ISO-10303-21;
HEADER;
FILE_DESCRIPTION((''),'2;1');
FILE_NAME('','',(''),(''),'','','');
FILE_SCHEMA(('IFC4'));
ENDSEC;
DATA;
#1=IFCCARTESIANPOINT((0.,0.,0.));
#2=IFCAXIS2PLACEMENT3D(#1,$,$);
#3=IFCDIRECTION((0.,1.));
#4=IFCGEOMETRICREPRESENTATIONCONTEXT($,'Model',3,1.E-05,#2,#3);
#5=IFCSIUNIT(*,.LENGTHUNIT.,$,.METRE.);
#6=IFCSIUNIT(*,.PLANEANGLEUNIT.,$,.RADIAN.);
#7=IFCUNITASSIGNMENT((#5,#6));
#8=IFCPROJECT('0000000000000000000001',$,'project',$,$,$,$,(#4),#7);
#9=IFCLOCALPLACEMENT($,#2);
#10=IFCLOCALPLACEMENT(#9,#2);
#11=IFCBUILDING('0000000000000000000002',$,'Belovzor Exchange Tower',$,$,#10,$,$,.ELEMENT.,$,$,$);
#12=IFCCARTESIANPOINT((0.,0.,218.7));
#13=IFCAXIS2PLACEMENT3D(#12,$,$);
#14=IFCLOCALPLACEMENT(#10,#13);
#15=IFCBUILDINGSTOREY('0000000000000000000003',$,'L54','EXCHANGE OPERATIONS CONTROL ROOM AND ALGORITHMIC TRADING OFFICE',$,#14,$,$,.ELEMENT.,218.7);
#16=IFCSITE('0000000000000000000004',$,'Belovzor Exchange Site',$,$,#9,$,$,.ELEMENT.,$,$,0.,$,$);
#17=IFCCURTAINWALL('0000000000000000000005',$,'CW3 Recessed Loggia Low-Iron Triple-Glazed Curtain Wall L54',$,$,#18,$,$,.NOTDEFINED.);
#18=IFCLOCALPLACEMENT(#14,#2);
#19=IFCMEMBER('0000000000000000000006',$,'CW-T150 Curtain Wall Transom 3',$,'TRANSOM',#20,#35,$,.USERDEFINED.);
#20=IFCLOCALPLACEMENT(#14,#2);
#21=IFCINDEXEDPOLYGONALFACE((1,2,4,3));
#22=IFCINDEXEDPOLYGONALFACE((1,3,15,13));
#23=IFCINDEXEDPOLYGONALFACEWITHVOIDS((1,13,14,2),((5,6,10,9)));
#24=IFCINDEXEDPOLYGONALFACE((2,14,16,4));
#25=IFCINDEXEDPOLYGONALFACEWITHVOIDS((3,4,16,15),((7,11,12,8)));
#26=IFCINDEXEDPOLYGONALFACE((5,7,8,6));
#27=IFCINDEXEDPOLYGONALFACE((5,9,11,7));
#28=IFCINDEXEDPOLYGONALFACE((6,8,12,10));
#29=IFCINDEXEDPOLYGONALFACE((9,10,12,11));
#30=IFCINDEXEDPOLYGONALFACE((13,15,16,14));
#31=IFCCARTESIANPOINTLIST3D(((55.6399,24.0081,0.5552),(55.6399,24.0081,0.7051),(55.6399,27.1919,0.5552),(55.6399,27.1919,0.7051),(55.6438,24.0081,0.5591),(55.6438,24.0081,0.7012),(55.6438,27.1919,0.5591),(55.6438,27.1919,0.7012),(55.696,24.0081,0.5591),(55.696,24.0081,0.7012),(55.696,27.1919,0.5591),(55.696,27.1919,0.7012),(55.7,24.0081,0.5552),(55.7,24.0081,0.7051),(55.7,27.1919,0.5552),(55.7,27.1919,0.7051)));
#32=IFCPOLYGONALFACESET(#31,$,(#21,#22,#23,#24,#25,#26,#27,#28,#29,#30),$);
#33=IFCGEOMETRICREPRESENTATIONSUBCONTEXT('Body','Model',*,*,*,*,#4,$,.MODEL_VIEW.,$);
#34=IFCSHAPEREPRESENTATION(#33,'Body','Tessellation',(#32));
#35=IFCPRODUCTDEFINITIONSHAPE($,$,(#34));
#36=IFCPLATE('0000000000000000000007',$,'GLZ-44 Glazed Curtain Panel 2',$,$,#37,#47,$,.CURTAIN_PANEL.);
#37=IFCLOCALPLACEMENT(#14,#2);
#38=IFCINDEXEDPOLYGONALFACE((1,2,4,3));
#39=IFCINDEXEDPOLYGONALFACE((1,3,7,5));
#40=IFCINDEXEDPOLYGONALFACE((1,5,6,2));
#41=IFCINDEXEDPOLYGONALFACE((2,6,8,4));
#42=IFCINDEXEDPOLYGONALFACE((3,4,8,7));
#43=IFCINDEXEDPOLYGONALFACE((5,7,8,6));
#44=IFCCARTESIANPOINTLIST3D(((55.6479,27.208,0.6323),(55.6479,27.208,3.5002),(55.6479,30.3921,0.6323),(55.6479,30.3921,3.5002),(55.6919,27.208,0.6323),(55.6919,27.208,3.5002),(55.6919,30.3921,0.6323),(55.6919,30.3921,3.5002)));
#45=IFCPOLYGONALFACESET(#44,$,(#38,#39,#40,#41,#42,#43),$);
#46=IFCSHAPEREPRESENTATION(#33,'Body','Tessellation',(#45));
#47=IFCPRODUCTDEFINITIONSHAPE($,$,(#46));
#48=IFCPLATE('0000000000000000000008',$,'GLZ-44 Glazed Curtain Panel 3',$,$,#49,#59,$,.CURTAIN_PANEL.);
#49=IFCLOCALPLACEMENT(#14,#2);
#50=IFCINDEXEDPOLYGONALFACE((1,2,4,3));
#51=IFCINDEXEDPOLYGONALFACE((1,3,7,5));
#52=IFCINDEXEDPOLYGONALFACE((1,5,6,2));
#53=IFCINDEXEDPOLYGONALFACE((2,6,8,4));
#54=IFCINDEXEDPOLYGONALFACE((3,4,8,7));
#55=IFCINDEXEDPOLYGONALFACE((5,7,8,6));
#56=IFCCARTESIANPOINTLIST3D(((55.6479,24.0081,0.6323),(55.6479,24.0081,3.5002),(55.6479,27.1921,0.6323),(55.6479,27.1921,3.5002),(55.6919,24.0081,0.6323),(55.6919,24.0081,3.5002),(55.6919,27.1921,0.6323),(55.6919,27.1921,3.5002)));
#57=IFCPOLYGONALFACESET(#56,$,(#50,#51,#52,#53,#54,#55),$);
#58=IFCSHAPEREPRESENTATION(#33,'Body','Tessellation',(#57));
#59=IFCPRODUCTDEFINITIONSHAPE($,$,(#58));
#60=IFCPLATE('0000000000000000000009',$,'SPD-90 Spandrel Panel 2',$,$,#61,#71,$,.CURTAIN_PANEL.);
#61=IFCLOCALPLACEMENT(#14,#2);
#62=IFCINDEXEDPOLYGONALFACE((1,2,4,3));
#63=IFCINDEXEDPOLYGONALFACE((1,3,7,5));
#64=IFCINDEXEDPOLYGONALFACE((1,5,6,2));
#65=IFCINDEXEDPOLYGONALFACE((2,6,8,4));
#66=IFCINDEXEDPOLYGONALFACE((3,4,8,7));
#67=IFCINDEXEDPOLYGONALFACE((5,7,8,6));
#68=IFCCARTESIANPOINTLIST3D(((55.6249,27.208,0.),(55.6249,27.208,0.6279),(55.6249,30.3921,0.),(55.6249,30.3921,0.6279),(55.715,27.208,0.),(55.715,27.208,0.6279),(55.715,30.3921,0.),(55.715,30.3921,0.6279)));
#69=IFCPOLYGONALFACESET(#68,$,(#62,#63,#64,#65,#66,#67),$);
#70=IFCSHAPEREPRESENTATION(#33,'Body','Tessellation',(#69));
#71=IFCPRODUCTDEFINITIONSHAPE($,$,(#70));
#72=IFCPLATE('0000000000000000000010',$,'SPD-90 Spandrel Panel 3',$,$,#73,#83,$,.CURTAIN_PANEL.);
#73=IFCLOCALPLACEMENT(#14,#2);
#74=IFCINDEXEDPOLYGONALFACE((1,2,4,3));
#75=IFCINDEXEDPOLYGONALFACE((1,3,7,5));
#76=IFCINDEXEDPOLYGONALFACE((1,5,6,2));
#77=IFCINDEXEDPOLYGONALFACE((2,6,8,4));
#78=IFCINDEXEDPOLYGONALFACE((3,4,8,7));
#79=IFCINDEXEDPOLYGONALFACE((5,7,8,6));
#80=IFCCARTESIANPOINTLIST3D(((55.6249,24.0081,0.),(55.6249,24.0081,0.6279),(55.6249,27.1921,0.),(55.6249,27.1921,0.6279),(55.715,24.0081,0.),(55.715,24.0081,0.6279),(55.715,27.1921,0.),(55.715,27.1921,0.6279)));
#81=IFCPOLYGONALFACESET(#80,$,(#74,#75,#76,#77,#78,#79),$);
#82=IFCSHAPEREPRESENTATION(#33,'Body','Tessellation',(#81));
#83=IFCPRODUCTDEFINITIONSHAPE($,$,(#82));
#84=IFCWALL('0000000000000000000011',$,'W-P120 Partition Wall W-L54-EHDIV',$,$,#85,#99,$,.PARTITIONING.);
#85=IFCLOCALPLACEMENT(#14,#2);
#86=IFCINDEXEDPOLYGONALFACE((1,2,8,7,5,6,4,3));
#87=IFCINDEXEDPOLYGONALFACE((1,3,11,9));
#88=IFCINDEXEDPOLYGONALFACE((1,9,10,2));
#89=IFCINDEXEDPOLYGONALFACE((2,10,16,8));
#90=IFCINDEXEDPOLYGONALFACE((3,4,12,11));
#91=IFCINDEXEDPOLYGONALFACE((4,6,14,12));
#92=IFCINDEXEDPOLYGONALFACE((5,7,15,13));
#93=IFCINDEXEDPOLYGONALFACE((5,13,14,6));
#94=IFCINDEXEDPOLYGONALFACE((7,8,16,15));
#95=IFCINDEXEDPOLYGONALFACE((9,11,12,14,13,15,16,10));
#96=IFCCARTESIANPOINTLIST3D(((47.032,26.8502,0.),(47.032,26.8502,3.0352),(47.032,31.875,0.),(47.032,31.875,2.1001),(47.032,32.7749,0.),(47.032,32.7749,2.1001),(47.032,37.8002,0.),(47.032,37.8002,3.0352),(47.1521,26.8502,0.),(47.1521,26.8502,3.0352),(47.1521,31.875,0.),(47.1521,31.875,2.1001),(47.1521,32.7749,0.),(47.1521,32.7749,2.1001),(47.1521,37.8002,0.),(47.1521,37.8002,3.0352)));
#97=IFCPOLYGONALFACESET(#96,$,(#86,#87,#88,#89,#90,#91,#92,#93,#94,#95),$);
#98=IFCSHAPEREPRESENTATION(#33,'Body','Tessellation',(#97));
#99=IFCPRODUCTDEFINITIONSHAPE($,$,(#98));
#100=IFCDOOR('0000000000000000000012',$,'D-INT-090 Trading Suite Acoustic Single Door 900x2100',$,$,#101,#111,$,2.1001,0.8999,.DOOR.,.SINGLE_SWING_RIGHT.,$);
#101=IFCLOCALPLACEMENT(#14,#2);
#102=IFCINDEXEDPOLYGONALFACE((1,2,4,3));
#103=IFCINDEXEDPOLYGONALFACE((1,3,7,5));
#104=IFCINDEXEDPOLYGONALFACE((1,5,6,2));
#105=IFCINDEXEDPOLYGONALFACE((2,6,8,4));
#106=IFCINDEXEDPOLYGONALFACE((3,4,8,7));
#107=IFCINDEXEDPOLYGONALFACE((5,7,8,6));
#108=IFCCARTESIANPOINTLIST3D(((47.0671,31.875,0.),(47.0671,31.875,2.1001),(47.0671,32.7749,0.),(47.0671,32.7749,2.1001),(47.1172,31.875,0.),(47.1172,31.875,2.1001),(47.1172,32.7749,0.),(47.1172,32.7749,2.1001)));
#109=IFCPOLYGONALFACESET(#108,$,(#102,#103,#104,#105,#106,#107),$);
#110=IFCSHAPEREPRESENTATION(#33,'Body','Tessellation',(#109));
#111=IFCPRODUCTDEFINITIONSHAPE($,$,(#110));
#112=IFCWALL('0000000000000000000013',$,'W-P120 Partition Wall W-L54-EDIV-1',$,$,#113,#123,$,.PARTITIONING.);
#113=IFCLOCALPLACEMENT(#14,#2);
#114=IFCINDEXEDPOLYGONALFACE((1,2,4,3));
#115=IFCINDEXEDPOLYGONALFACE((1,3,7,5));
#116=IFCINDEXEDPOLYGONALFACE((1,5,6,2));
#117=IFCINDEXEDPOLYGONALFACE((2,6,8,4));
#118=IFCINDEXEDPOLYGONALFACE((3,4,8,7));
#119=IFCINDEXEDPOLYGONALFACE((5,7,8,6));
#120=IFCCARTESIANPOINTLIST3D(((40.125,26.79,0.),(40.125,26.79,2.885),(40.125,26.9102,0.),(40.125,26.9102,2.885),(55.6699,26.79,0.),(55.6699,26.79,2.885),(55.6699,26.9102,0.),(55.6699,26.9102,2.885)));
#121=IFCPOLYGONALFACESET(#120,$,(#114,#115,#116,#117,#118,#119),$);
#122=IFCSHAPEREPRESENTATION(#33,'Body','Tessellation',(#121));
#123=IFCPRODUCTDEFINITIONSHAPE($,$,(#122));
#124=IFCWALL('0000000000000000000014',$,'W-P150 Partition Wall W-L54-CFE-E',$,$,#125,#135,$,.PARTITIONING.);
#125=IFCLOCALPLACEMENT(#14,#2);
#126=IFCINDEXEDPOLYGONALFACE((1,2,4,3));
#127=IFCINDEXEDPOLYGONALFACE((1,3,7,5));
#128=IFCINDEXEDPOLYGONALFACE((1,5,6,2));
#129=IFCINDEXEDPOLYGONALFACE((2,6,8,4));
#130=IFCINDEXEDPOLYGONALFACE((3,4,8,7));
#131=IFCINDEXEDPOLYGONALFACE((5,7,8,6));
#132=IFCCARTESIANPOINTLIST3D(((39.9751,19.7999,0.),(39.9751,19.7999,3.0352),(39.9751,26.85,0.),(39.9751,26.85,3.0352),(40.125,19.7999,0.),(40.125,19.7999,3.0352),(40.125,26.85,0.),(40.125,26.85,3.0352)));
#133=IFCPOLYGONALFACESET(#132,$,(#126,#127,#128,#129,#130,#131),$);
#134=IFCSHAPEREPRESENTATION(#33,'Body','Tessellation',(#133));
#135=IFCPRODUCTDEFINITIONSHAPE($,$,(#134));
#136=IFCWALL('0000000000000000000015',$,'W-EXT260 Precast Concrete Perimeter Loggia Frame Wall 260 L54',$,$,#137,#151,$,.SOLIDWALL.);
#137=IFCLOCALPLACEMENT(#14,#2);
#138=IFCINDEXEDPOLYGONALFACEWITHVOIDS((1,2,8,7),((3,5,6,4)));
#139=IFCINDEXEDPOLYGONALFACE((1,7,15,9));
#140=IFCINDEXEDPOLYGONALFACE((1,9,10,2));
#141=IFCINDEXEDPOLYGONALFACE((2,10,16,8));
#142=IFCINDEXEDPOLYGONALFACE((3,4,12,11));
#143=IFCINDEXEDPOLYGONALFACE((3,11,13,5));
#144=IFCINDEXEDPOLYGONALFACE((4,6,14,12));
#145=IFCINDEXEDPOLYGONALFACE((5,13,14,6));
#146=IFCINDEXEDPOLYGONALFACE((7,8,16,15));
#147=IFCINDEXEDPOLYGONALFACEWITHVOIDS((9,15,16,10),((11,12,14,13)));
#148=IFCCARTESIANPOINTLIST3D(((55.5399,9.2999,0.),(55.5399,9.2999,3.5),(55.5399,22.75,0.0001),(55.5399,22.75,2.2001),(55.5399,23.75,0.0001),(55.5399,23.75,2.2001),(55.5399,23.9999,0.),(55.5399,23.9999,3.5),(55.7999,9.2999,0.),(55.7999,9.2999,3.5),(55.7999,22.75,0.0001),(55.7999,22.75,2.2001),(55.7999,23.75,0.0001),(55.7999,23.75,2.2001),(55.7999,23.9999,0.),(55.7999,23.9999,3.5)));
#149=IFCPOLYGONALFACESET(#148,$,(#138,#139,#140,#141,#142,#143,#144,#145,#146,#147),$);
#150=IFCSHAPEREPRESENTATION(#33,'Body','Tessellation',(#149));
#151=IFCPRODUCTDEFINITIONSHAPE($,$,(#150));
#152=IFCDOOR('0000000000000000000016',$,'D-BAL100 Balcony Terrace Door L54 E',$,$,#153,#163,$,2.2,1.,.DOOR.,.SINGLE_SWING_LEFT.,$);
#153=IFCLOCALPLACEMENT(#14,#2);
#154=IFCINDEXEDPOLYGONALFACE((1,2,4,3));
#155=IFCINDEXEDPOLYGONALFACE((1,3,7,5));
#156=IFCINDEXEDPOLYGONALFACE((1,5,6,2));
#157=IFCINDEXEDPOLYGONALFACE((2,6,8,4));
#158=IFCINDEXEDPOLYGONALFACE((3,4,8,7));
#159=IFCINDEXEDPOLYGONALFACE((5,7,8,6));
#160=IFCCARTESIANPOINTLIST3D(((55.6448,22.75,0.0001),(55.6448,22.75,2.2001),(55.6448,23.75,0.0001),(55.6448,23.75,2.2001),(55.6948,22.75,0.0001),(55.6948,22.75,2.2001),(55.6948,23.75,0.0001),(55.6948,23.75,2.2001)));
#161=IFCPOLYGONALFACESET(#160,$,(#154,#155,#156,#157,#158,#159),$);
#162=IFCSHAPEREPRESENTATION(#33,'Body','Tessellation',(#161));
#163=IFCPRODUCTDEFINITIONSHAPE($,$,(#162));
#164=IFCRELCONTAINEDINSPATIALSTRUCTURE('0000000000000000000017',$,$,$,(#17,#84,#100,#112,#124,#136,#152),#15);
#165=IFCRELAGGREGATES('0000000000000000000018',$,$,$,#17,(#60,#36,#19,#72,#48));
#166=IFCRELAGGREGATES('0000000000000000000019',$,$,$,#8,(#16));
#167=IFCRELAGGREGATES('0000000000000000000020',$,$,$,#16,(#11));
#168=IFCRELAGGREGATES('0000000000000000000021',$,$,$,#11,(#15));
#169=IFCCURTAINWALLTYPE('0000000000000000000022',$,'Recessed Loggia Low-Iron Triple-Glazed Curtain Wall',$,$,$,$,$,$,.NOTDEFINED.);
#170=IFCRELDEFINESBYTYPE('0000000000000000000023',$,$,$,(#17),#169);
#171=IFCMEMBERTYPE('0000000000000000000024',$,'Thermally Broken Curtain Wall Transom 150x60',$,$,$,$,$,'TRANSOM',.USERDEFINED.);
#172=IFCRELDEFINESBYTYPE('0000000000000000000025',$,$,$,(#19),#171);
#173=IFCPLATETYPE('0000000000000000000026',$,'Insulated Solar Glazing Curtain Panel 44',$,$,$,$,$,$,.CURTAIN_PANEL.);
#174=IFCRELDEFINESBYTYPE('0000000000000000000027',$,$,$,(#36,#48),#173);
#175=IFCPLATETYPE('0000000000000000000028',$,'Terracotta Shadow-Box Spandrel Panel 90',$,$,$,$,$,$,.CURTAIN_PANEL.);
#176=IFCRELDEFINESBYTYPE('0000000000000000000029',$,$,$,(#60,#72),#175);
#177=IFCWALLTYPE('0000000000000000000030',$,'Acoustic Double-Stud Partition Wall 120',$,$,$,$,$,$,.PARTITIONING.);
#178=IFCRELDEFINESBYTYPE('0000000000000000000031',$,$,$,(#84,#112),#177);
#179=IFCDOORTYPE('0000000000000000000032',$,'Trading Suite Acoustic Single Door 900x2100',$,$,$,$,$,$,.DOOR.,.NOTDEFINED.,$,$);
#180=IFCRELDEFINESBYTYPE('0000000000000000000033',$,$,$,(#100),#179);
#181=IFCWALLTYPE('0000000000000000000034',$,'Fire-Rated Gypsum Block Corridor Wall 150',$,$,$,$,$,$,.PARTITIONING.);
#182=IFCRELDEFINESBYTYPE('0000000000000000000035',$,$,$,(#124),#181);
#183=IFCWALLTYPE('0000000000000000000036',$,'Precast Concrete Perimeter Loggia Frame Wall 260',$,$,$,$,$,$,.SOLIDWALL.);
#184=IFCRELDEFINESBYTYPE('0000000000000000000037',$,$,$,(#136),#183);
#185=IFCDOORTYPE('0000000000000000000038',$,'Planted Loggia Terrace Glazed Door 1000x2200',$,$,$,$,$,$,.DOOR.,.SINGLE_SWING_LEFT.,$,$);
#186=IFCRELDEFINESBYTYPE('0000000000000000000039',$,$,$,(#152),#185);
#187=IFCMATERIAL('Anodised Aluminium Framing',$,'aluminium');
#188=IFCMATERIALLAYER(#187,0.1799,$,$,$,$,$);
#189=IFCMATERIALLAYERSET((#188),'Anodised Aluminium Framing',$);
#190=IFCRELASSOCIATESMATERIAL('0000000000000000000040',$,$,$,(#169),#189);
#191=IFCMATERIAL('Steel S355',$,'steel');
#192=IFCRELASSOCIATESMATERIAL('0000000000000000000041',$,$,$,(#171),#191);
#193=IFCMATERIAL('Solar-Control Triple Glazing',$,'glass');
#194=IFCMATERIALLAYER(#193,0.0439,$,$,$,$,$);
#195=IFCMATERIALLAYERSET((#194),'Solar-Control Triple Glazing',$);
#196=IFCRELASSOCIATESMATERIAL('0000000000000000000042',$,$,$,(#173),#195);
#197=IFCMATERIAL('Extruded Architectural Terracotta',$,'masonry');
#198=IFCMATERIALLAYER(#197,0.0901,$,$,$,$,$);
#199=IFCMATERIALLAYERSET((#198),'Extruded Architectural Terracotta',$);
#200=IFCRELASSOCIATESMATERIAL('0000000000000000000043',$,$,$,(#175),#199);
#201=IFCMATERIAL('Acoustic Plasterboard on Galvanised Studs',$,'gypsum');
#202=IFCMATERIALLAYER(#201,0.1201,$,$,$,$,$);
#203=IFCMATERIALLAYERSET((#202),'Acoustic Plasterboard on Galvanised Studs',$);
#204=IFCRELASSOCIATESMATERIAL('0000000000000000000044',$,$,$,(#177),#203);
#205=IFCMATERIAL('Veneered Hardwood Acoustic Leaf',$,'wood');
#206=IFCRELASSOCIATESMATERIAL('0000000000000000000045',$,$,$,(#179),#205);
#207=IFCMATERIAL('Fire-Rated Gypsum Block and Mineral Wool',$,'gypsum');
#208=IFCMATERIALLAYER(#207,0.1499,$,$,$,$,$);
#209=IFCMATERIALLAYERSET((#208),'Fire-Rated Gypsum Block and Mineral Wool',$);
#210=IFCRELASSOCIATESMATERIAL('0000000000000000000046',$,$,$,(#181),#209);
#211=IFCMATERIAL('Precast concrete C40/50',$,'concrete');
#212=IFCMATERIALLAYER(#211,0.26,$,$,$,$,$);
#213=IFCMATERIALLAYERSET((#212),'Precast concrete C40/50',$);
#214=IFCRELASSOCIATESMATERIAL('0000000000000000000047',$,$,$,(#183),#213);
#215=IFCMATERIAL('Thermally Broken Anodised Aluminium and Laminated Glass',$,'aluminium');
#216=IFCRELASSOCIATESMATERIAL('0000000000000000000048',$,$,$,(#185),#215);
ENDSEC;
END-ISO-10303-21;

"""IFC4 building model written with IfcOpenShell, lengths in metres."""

from ifc_helpers import new_model, si_unit, direction, frame, frame_2d, origin, origin_2d, place, context, subcontext, project, spatial, rectangle, hollow_rectangle, extrude, material, layer, layer_set, material_profile, profile_set, type_object, element, fill, aggregate, save


model = new_model("IFC4")

# Units and contexts
model_context = context("Model", 3, precision=1e-05, world=origin(), true_north=direction((0.0, 1.0)))
body_context = subcontext(model_context, "Body", "Model", "MODEL_VIEW")
ifc_project = project(units=[si_unit("LENGTHUNIT", "METRE"), si_unit("PLANEANGLEUNIT", "RADIAN")], contexts=[model_context])

# Site, building, storey
site_placement = place(None, origin())
site = spatial("IfcSite", under=ifc_project, at=site_placement, Name="Belovzor Exchange Site", CompositionType="ELEMENT", RefElevation=0.0)
building_placement = place(site_placement, origin())
building = spatial("IfcBuilding", under=site, at=building_placement, Name="Belovzor Exchange Tower", CompositionType="ELEMENT")
storey_placement = place(building_placement, frame((0.0, 0.0, 218.7)))
storey = spatial("IfcBuildingStorey", under=building, at=storey_placement, Name="L54", Description="EXCHANGE OPERATIONS CONTROL ROOM AND ALGORITHMIC TRADING OFFICE", CompositionType="ELEMENT", Elevation=218.7)

# Curtain wall, member, plates
ifc_material_1 = material(Name="Anodised Aluminium Framing", Category="aluminium")
ifc_layer_1 = layer(ifc_material_1, 0.1799)
ifc_layer_set_1 = layer_set([ifc_layer_1], Name="Anodised Aluminium Framing")
curtain_wall_type = type_object("IfcCurtainWallType", Name="Recessed Loggia Low-Iron Triple-Glazed Curtain Wall", PredefinedType="NOTDEFINED", material=ifc_layer_set_1)
curtain_wall_placement = place(storey_placement, origin())
curtain_wall = element("IfcCurtainWall", 1, at=curtain_wall_placement, inside=storey, type_object=curtain_wall_type, Name="CW3 Recessed Loggia Low-Iron Triple-Glazed Curtain Wall L54", PredefinedType="NOTDEFINED")
ifc_material_2 = material(Name="Steel S355", Category="steel")
ifc_material_profile_1 = material_profile(ifc_material_2, hollow_rectangle(XDim=0.0601, YDim=0.1499, WallThickness=0.0039, at=origin_2d()))
ifc_profile_set_1 = profile_set([ifc_material_profile_1], Name="Steel S355")
member_type_1 = type_object("IfcMemberType", Name="Thermally Broken Curtain Wall Transom 150x60", ElementType="TRANSOM", PredefinedType="USERDEFINED", material=ifc_profile_set_1)
member_1_placement = place(storey_placement, frame((55.6699, 27.1919, 0.6301), z_axis=(0.0, -1.0, 0.0), x_axis=(1.0, 0.0, 0.0)))
member_1 = element("IfcMember", 2, at=member_1_placement, type_object=member_type_1, Name="CW-T150 Curtain Wall Transom 3", ObjectType="TRANSOM", PredefinedType="USERDEFINED", context=body_context, shape_type="SweptSolid", body=[
    extrude(hollow_rectangle(XDim=0.0601, YDim=0.1499, WallThickness=0.0039, at=origin_2d()), origin(), (0.0, 0.0, 1.0), 3.1838),
])
ifc_material_3 = material(Name="Solar-Control Triple Glazing", Category="glass")
ifc_layer_2 = layer(ifc_material_3, 0.0439)
ifc_layer_set_2 = layer_set([ifc_layer_2], Name="Solar-Control Triple Glazing")
plate_type_1 = type_object("IfcPlateType", Name="Insulated Solar Glazing Curtain Panel 44", PredefinedType="CURTAIN_PANEL", material=ifc_layer_set_2)
plate_1_placement = place(storey_placement, frame((55.6699, 28.8, 0.6323), z_axis=(0.0, 0.0, 1.0), x_axis=(0.0, -1.0, 0.0)))
plate_1 = element("IfcPlate", 3, at=plate_1_placement, type_object=plate_type_1, Name="GLZ-44 Glazed Curtain Panel 2", PredefinedType="CURTAIN_PANEL", context=body_context, shape_type="SweptSolid", body=[
    extrude(rectangle(XDim=3.1841, YDim=0.0439, at=origin_2d()), origin(), (0.0, 0.0, 1.0), 2.8679),
])
plate_2_placement = place(storey_placement, frame((55.6699, 25.6001, 0.6323), z_axis=(0.0, 0.0, 1.0), x_axis=(0.0, -1.0, 0.0)))
plate_2 = element("IfcPlate", 4, at=plate_2_placement, type_object=plate_type_1, Name="GLZ-44 Glazed Curtain Panel 3", PredefinedType="CURTAIN_PANEL", context=body_context, shape_type="SweptSolid", body=[
    extrude(rectangle(XDim=3.1841, YDim=0.0439, at=origin_2d()), origin(), (0.0, 0.0, 1.0), 2.8679),
])
ifc_material_4 = material(Name="Extruded Architectural Terracotta", Category="masonry")
ifc_layer_3 = layer(ifc_material_4, 0.0901)
ifc_layer_set_3 = layer_set([ifc_layer_3], Name="Extruded Architectural Terracotta")
plate_type_2 = type_object("IfcPlateType", Name="Terracotta Shadow-Box Spandrel Panel 90", PredefinedType="CURTAIN_PANEL", material=ifc_layer_set_3)
plate_3_placement = place(storey_placement, frame((55.6699, 28.8, 0.0), z_axis=(0.0, 0.0, 1.0), x_axis=(0.0, -1.0, 0.0)))
plate_3 = element("IfcPlate", 5, at=plate_3_placement, type_object=plate_type_2, Name="SPD-90 Spandrel Panel 2", PredefinedType="CURTAIN_PANEL", context=body_context, shape_type="SweptSolid", body=[
    extrude(rectangle(XDim=3.1841, YDim=0.0901, at=origin_2d()), origin(), (0.0, 0.0, 1.0), 0.6279),
])
plate_4_placement = place(storey_placement, frame((55.6699, 25.6001, 0.0), z_axis=(0.0, 0.0, 1.0), x_axis=(0.0, -1.0, 0.0)))
plate_4 = element("IfcPlate", 6, at=plate_4_placement, type_object=plate_type_2, Name="SPD-90 Spandrel Panel 3", PredefinedType="CURTAIN_PANEL", context=body_context, shape_type="SweptSolid", body=[
    extrude(rectangle(XDim=3.1841, YDim=0.0901, at=origin_2d()), origin(), (0.0, 0.0, 1.0), 0.6279),
])
aggregate(curtain_wall, [plate_3, plate_1, member_1, plate_4, plate_2])

# Wall, opening, door
ifc_material_5 = material(Name="Acoustic Plasterboard on Galvanised Studs", Category="gypsum")
ifc_layer_4 = layer(ifc_material_5, 0.1201)
ifc_layer_set_4 = layer_set([ifc_layer_4], Name="Acoustic Plasterboard on Galvanised Studs")
wall_type_1 = type_object("IfcWallType", Name="Acoustic Double-Stud Partition Wall 120", PredefinedType="PARTITIONING", material=ifc_layer_set_4)
wall_1_placement = place(storey_placement, frame((47.092, 26.8501, 0.0), z_axis=(0.0, 0.0, 1.0), x_axis=(0.0, 1.0, 0.0)))
wall_1 = element("IfcWall", 7, at=wall_1_placement, inside=storey, type_object=wall_type_1, Name="W-P120 Partition Wall W-L54-EHDIV", PredefinedType="PARTITIONING", context=body_context, shape_type="SweptSolid", body=[
    extrude(rectangle(XDim=10.95, YDim=0.1201, at=frame_2d((5.4751, 0.0))), origin(), (0.0, 0.0, 1.0), 3.0352),
])
opening_1_placement = place(wall_1_placement, frame((5.0249, 0.0, 0.0)))
opening_1 = element("IfcOpeningElement", 8, at=opening_1_placement, cuts=wall_1, PredefinedType="OPENING", context=body_context, shape_type="SweptSolid", body=[
    extrude(rectangle(XDim=0.8999, YDim=2.1001, at=frame_2d((0.45, 1.05))), frame((0.0, 0.0701, 0.0), z_axis=(0.0, -1.0, 0.0), x_axis=(1.0, 0.0, 0.0)), (0.0, 0.0, 1.0), 0.1401),
])
ifc_material_6 = material(Name="Veneered Hardwood Acoustic Leaf", Category="wood")
door_type_1 = type_object("IfcDoorType", Name="Trading Suite Acoustic Single Door 900x2100", OperationType="NOTDEFINED", PredefinedType="DOOR", material=ifc_material_6)
door_1_placement = place(opening_1_placement, origin())
door_1 = element("IfcDoor", 9, at=door_1_placement, inside=storey, type_object=door_type_1, Name="D-INT-090 Trading Suite Acoustic Single Door 900x2100", OperationType="SINGLE_SWING_RIGHT", OverallHeight=2.1001, OverallWidth=0.8999, PredefinedType="DOOR", context=body_context, shape_type="SweptSolid", body=[
    extrude(rectangle(XDim=0.8999, YDim=2.1001, at=frame_2d((0.45, 1.05))), frame((0.0, 0.0249, 0.0), z_axis=(0.0, -1.0, 0.0), x_axis=(1.0, 0.0, 0.0)), (0.0, 0.0, 1.0), 0.05),
])
fill(opening_1, door_1)

# Walls
wall_2_placement = place(storey_placement, frame((40.125, 26.8501, 0.0), z_axis=(0.0, 0.0, 1.0), x_axis=(1.0, 0.0, 0.0)))
element("IfcWall", 10, at=wall_2_placement, inside=storey, type_object=wall_type_1, Name="W-P120 Partition Wall W-L54-EDIV-1", PredefinedType="PARTITIONING", context=body_context, shape_type="SweptSolid", body=[
    extrude(rectangle(XDim=15.5449, YDim=0.1201, at=frame_2d((7.7725, 0.0))), origin(), (0.0, 0.0, 1.0), 2.885),
])
ifc_material_7 = material(Name="Fire-Rated Gypsum Block and Mineral Wool", Category="gypsum")
ifc_layer_5 = layer(ifc_material_7, 0.1499)
ifc_layer_set_5 = layer_set([ifc_layer_5], Name="Fire-Rated Gypsum Block and Mineral Wool")
wall_type_2 = type_object("IfcWallType", Name="Fire-Rated Gypsum Block Corridor Wall 150", PredefinedType="PARTITIONING", material=ifc_layer_set_5)
wall_3_placement = place(storey_placement, frame((40.05, 19.8, 0.0), z_axis=(0.0, 0.0, 1.0), x_axis=(0.0, 1.0, 0.0)))
element("IfcWall", 11, at=wall_3_placement, inside=storey, type_object=wall_type_2, Name="W-P150 Partition Wall W-L54-CFE-E", PredefinedType="PARTITIONING", context=body_context, shape_type="SweptSolid", body=[
    extrude(rectangle(XDim=7.05, YDim=0.1499, at=frame_2d((3.5249, 0.0))), origin(), (0.0, 0.0, 1.0), 3.0352),
])

# Wall, opening, door
ifc_material_8 = material(Name="Precast concrete C40/50", Category="concrete")
ifc_layer_6 = layer(ifc_material_8, 0.26)
ifc_layer_set_6 = layer_set([ifc_layer_6], Name="Precast concrete C40/50")
wall_type_3 = type_object("IfcWallType", Name="Precast Concrete Perimeter Loggia Frame Wall 260", PredefinedType="SOLIDWALL", material=ifc_layer_set_6)
wall_4_placement = place(storey_placement, frame((55.6699, 24.0, 0.0), z_axis=(0.0, 0.0, 1.0), x_axis=(0.0, -1.0, 0.0)))
wall_4 = element("IfcWall", 12, at=wall_4_placement, inside=storey, type_object=wall_type_3, Name="W-EXT260 Precast Concrete Perimeter Loggia Frame Wall 260 L54", PredefinedType="SOLIDWALL", context=body_context, shape_type="SweptSolid", body=[
    extrude(rectangle(XDim=14.7, YDim=0.26, at=frame_2d((7.3501, 0.0))), origin(), (0.0, 0.0, 1.0), 3.5),
])
opening_2_placement = place(wall_4_placement, frame((0.25, 0.0, 0.0)))
opening_2 = element("IfcOpeningElement", 13, at=opening_2_placement, cuts=wall_4, PredefinedType="OPENING", context=body_context, shape_type="SweptSolid", body=[
    extrude(rectangle(XDim=1.0, YDim=2.2, at=frame_2d((0.5, 1.1001))), frame((0.0, 0.1399, 0.0), z_axis=(0.0, -1.0, 0.0), x_axis=(1.0, 0.0, 0.0)), (0.0, 0.0, 1.0), 0.28),
])
ifc_material_9 = material(Name="Thermally Broken Anodised Aluminium and Laminated Glass", Category="aluminium")
door_type_2 = type_object("IfcDoorType", Name="Planted Loggia Terrace Glazed Door 1000x2200", OperationType="SINGLE_SWING_LEFT", PredefinedType="DOOR", material=ifc_material_9)
door_2_placement = place(opening_2_placement, origin())
door_2 = element("IfcDoor", 14, at=door_2_placement, inside=storey, type_object=door_type_2, Name="D-BAL100 Balcony Terrace Door L54 E", OperationType="SINGLE_SWING_LEFT", OverallHeight=2.2, OverallWidth=1.0, PredefinedType="DOOR", context=body_context, shape_type="SweptSolid", body=[
    extrude(rectangle(XDim=1.0, YDim=2.2, at=frame_2d((0.5, 1.1001))), frame((0.0, 0.0249, 0.0), z_axis=(0.0, -1.0, 0.0), x_axis=(1.0, 0.0, 0.0)), (0.0, 0.0, 1.0), 0.05),
])
fill(opening_2, door_2)

save(model, "model.ifc")
